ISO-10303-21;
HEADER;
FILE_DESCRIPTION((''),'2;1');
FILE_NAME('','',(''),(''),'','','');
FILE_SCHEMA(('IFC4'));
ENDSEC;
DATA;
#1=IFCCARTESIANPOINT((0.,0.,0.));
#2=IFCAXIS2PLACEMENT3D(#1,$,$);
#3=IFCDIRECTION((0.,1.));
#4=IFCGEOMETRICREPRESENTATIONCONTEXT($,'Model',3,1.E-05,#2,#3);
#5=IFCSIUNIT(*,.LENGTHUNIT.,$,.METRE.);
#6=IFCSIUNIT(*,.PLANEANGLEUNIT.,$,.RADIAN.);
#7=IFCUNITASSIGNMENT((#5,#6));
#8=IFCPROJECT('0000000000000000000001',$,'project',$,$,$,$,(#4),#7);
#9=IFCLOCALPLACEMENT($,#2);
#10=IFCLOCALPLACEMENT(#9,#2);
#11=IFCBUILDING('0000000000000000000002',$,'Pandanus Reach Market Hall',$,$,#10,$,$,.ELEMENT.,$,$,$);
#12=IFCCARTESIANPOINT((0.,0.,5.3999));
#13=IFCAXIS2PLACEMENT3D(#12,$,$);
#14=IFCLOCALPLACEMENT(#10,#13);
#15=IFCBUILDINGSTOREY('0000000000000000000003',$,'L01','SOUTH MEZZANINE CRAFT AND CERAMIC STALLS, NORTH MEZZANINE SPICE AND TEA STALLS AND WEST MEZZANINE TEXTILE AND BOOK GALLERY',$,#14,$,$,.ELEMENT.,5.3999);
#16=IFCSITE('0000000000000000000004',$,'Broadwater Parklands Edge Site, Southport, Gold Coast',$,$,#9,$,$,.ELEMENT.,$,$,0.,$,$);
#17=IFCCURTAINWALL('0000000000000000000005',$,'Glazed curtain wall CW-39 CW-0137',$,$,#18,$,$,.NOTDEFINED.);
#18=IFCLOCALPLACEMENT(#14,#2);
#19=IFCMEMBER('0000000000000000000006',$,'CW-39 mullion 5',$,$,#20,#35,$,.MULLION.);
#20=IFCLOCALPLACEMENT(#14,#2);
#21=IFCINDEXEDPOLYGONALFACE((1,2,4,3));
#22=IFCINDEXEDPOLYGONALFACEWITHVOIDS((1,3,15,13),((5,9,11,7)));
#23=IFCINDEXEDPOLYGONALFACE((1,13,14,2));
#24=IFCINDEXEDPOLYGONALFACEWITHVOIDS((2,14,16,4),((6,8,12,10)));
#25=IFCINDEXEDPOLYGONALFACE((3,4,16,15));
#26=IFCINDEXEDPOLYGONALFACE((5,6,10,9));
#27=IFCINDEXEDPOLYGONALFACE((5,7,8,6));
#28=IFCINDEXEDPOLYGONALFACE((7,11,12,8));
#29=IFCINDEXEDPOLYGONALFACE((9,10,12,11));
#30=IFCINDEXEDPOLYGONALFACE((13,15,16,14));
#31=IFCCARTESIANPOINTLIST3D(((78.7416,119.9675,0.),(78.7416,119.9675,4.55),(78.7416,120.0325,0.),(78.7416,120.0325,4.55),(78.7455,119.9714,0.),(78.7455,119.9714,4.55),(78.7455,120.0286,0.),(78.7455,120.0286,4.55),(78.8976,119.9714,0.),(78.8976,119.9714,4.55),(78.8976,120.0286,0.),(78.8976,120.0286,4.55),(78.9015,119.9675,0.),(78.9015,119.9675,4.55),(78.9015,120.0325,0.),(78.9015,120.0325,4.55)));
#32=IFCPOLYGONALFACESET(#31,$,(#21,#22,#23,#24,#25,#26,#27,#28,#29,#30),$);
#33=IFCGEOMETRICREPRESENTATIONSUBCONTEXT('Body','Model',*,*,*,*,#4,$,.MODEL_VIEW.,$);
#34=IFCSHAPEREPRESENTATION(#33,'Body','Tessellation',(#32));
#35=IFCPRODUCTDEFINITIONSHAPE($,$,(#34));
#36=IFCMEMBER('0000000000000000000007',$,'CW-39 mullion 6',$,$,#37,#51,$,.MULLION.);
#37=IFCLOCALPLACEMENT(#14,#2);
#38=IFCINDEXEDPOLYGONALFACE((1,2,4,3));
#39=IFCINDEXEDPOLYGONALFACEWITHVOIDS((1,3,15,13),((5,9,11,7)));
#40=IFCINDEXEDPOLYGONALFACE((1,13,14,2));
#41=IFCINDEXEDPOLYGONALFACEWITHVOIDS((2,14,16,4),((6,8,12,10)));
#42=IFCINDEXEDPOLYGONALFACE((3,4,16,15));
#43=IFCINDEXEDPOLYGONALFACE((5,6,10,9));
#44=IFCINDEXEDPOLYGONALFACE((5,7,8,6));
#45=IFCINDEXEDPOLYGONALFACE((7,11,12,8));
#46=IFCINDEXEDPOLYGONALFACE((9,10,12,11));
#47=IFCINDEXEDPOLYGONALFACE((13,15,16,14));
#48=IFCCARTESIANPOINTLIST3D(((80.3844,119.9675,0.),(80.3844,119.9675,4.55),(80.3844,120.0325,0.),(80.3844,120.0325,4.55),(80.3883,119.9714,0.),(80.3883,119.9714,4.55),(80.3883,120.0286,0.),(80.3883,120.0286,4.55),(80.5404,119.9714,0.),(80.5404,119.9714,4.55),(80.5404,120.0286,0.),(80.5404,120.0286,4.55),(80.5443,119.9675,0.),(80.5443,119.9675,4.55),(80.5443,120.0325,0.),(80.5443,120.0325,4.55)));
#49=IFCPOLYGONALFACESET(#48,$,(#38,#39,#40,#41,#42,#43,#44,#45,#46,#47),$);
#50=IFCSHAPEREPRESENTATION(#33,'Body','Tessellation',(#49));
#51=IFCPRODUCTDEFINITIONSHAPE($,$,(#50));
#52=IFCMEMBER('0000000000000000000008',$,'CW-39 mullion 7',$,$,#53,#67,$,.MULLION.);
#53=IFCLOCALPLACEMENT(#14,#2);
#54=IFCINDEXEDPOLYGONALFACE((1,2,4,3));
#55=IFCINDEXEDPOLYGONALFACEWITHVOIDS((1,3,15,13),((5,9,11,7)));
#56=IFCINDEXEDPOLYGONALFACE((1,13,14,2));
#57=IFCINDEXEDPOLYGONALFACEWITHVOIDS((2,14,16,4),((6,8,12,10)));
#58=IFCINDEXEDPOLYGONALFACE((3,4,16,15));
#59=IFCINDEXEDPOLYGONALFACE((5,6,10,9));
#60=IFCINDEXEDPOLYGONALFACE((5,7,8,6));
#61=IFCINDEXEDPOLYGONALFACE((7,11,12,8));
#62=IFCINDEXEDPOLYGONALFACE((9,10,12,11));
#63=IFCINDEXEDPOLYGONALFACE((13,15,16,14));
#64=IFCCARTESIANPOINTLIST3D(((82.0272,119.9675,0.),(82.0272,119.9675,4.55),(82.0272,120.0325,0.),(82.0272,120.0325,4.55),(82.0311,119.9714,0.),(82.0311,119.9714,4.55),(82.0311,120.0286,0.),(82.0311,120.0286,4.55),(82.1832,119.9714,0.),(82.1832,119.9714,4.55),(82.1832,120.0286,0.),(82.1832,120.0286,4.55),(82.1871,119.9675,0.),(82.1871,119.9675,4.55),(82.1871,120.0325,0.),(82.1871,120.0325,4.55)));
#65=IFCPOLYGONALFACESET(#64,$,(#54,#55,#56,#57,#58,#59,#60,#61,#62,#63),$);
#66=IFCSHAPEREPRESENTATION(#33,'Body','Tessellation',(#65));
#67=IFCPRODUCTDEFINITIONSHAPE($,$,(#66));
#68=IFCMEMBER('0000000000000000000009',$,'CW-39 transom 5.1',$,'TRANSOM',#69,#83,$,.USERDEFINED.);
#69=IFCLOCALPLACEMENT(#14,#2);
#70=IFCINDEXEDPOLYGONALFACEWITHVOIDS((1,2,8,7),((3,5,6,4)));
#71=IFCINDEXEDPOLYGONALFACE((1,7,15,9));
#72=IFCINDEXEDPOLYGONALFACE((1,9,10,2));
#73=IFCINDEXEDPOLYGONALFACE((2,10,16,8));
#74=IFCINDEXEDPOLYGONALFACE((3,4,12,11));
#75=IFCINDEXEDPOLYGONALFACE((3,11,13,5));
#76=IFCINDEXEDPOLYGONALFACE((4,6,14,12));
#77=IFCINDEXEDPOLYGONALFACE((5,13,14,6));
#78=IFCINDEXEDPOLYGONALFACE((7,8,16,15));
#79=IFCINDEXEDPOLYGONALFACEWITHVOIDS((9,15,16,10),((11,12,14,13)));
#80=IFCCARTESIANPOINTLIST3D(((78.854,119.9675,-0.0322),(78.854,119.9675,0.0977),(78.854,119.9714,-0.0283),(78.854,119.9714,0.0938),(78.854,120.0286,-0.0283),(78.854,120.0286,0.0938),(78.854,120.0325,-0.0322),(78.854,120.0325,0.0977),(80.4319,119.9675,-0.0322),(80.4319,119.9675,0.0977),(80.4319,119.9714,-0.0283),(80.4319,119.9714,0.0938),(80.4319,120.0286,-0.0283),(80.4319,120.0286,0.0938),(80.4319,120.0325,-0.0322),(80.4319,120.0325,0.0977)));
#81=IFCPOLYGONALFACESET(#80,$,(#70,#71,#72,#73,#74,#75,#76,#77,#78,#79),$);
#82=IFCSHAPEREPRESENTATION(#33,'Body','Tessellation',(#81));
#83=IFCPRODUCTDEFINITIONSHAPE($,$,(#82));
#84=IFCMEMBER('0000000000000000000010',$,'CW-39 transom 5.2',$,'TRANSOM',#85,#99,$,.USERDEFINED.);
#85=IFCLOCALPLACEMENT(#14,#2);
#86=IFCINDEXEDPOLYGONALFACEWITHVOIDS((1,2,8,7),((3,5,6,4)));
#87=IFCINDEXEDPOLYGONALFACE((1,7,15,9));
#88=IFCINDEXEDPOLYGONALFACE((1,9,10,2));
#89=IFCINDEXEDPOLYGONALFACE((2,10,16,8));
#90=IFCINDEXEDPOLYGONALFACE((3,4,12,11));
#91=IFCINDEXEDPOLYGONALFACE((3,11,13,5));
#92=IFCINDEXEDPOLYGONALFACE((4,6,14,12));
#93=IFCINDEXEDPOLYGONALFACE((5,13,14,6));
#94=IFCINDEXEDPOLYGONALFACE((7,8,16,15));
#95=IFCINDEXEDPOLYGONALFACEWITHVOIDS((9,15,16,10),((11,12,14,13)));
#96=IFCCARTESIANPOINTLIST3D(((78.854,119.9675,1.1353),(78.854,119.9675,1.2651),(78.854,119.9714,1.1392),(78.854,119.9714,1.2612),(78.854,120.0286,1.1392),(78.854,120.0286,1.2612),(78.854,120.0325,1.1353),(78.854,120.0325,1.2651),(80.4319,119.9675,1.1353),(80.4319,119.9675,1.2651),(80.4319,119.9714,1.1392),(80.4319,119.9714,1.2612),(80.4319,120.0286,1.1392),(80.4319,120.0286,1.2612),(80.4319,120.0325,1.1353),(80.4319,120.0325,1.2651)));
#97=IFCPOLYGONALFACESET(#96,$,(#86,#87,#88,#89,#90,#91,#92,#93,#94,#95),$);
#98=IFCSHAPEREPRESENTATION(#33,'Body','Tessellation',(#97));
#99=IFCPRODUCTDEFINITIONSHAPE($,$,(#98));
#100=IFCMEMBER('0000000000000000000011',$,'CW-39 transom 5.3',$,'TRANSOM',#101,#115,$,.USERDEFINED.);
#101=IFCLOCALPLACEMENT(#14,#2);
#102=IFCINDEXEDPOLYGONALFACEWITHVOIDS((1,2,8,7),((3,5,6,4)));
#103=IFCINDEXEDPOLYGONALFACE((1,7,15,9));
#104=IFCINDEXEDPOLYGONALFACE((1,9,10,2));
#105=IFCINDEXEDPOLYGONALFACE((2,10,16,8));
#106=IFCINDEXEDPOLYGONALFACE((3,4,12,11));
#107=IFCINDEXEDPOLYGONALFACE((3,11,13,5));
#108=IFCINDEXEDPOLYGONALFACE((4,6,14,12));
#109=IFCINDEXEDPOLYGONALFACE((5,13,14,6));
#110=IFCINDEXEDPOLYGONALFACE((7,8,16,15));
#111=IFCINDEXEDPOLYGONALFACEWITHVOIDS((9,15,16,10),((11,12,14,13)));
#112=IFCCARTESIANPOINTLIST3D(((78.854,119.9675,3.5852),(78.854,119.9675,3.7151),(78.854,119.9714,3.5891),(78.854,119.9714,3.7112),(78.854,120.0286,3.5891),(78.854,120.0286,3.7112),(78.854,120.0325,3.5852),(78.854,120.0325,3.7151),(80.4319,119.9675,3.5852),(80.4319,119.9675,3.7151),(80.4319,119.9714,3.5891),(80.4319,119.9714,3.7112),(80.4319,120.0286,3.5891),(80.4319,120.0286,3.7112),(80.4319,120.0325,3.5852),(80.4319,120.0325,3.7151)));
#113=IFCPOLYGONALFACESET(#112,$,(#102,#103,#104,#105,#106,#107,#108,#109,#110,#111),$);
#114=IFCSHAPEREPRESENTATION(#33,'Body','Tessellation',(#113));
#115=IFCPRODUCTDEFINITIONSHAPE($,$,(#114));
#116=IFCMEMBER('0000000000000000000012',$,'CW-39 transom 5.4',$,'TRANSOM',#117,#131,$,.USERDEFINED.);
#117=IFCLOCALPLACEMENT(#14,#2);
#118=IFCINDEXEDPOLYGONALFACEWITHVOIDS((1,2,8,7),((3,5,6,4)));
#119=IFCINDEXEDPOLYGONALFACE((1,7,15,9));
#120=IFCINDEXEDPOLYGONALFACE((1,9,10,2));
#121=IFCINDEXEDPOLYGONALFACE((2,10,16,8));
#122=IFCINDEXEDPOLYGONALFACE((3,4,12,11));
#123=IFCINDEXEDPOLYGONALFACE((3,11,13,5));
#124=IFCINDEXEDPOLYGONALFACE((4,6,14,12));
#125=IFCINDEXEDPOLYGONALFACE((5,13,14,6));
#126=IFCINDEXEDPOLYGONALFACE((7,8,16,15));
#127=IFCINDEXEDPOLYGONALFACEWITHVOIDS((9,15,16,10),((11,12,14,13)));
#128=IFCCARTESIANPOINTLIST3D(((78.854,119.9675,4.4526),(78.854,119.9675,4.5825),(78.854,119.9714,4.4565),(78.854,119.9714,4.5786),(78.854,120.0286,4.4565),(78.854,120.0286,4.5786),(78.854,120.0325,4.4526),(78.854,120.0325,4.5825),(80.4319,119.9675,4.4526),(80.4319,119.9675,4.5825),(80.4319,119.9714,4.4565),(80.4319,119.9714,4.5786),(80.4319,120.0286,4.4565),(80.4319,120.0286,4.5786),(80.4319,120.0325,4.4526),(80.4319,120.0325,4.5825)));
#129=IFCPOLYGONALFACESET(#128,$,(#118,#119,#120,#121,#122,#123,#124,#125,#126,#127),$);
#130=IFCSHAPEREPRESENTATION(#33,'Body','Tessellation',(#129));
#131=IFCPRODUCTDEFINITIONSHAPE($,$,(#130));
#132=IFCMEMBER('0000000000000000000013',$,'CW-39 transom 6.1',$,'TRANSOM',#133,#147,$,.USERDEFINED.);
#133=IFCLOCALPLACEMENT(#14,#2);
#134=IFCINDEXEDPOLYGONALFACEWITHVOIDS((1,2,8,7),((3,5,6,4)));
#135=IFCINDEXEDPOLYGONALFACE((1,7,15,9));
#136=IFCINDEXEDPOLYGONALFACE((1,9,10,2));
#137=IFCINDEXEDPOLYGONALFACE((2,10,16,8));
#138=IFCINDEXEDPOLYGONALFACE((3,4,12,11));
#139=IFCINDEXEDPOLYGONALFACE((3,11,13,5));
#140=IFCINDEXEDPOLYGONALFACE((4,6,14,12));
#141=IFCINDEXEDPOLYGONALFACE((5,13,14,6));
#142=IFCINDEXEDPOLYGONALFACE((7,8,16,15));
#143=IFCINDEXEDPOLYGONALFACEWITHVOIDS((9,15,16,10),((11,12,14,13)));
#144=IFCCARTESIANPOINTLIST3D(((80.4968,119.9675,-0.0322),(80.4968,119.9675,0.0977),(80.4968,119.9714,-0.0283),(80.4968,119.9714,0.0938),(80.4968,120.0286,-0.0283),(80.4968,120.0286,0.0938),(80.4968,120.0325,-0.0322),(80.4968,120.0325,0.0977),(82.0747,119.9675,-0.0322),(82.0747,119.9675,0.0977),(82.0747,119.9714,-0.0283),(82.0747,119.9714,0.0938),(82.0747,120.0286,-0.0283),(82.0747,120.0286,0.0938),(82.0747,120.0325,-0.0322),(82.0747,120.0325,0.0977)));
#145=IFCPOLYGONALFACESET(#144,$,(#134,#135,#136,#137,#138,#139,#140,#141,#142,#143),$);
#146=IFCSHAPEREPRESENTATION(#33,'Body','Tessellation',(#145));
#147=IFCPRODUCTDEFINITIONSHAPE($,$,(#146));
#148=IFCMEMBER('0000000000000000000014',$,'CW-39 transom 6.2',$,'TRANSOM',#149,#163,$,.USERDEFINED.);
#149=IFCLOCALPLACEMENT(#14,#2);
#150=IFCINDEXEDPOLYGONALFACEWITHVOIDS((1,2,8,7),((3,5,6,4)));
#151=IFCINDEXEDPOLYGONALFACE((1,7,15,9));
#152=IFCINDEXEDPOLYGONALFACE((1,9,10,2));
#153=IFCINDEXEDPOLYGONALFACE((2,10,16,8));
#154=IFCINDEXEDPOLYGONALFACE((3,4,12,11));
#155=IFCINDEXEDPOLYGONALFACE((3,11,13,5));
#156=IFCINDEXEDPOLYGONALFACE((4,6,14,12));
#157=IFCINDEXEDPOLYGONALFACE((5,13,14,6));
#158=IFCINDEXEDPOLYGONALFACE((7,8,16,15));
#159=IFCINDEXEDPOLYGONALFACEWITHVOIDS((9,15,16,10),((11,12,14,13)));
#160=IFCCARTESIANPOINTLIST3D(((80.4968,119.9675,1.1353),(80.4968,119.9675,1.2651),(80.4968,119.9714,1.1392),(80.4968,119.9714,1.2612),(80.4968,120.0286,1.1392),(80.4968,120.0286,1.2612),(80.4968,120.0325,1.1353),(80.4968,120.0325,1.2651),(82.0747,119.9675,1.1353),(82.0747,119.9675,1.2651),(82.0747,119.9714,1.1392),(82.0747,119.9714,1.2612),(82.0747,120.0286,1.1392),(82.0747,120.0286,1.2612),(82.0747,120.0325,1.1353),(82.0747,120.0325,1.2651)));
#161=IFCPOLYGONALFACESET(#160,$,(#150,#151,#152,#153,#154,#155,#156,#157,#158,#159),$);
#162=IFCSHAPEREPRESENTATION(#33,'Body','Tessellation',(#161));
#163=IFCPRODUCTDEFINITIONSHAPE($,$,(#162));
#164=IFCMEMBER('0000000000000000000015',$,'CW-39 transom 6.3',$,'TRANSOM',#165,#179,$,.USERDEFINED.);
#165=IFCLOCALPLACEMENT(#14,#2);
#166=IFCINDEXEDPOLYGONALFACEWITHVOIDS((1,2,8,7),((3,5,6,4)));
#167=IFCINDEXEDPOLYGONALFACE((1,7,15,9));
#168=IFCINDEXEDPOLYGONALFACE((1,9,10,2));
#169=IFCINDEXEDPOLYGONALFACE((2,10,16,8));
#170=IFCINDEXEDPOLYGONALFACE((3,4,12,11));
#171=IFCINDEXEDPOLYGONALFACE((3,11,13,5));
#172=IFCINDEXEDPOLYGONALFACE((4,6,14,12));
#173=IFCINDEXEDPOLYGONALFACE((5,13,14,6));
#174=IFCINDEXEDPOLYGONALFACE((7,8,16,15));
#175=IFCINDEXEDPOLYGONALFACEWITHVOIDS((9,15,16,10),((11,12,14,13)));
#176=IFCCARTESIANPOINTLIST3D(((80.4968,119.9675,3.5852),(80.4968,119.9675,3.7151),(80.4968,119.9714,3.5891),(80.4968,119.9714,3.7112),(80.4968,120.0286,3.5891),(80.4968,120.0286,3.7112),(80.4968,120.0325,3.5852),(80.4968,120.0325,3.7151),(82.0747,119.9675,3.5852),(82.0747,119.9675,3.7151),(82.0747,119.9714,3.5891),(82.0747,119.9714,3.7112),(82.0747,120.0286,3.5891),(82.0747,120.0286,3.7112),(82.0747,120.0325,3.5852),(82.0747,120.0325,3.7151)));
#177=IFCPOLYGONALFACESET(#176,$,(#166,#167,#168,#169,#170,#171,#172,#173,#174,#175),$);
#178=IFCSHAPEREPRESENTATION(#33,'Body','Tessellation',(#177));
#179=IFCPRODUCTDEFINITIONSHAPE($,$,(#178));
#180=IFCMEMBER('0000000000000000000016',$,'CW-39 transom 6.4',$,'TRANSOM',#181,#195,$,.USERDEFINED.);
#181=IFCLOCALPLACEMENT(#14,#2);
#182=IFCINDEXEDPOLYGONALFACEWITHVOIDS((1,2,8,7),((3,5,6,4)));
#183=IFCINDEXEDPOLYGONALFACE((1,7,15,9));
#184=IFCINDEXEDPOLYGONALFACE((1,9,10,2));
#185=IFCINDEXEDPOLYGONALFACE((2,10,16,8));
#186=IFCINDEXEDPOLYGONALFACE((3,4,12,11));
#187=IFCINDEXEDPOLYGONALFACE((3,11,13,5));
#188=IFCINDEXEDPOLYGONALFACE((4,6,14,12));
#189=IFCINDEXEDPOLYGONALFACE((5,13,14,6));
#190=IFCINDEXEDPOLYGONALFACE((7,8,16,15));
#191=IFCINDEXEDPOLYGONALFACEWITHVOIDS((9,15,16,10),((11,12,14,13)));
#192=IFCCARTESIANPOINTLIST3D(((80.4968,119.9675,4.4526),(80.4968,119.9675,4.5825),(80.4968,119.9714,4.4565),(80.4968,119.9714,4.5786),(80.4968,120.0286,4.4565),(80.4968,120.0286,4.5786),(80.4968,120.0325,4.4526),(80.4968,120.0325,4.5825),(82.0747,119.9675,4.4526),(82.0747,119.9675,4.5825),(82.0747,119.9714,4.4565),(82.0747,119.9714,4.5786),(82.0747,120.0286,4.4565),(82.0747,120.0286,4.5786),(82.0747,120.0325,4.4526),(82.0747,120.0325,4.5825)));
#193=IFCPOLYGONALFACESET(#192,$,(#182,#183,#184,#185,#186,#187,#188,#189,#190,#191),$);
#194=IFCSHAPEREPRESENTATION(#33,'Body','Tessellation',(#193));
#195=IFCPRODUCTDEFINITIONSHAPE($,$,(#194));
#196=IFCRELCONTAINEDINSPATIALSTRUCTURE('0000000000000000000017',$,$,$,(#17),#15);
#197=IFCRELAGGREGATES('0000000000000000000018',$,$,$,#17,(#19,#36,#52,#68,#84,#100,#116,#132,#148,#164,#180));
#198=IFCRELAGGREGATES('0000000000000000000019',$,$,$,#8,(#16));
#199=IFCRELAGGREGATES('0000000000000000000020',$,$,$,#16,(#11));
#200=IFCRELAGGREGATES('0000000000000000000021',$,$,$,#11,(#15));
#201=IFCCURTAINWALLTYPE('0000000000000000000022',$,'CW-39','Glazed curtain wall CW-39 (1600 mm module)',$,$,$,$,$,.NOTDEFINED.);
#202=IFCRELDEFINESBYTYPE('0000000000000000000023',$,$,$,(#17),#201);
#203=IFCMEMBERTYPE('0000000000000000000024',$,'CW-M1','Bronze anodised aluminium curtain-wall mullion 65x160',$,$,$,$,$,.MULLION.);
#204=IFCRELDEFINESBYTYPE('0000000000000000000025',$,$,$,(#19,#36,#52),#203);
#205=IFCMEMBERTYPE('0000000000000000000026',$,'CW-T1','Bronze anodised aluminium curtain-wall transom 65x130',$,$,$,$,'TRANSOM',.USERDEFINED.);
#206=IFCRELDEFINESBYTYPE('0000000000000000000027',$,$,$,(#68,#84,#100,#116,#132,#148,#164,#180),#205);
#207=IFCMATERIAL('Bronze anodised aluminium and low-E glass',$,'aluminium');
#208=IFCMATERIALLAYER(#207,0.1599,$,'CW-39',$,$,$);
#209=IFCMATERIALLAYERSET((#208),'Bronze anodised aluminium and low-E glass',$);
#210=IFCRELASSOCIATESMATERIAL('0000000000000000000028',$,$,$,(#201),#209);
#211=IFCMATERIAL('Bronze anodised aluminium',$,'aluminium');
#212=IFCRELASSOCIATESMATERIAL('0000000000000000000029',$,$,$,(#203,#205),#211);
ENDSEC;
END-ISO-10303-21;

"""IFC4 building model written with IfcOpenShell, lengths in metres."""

from ifc_helpers import new_model, si_unit, direction, frame, origin, origin_2d, place, context, subcontext, project, spatial, hollow_rectangle, extrude, material, layer, layer_set, material_profile, profile_set, type_object, element, aggregate, save


model = new_model("IFC4")

# Units and contexts
model_context = context("Model", 3, precision=1e-05, world=origin(), true_north=direction((0.0, 1.0)))
body_context = subcontext(model_context, "Body", "Model", "MODEL_VIEW")
ifc_project = project(units=[si_unit("LENGTHUNIT", "METRE"), si_unit("PLANEANGLEUNIT", "RADIAN")], contexts=[model_context])

# Site, building, storey
site_placement = place(None, origin())
site = spatial("IfcSite", under=ifc_project, at=site_placement, Name="Broadwater Parklands Edge Site, Southport, Gold Coast", CompositionType="ELEMENT", RefElevation=0.0)
building_placement = place(site_placement, origin())
building = spatial("IfcBuilding", under=site, at=building_placement, Name="Pandanus Reach Market Hall", CompositionType="ELEMENT")
storey_placement = place(building_placement, frame((0.0, 0.0, 5.3999)))
storey = spatial("IfcBuildingStorey", under=building, at=storey_placement, Name="L01", Description="SOUTH MEZZANINE CRAFT AND CERAMIC STALLS, NORTH MEZZANINE SPICE AND TEA STALLS AND WEST MEZZANINE TEXTILE AND BOOK GALLERY", CompositionType="ELEMENT", Elevation=5.3999)

# Curtain wall, members
ifc_material_1 = material(Name="Bronze anodised aluminium and low-E glass", Category="aluminium")
ifc_layer_1 = layer(ifc_material_1, 0.1599, Name="CW-39")
ifc_layer_set_1 = layer_set([ifc_layer_1], Name="Bronze anodised aluminium and low-E glass")
curtain_wall_type = type_object("IfcCurtainWallType", Name="CW-39", Description="Glazed curtain wall CW-39 (1600 mm module)", PredefinedType="NOTDEFINED", material=ifc_layer_set_1)
curtain_wall_placement = place(storey_placement, origin())
curtain_wall = element("IfcCurtainWall", 1, at=curtain_wall_placement, inside=storey, type_object=curtain_wall_type, Name="Glazed curtain wall CW-39 CW-0137", PredefinedType="NOTDEFINED")
ifc_material_2 = material(Name="Bronze anodised aluminium", Category="aluminium")
ifc_material_profile_1 = material_profile(ifc_material_2, hollow_rectangle(XDim=0.0649, YDim=0.1599, WallThickness=0.0039, at=origin_2d()), Name="ALU65x160", Category="LoadBearing")
ifc_profile_set_1 = profile_set([ifc_material_profile_1], Name="Bronze anodised aluminium")
member_type_1 = type_object("IfcMemberType", Name="CW-M1", Description="Bronze anodised aluminium curtain-wall mullion 65x160", PredefinedType="MULLION", material=ifc_profile_set_1)
member_1_placement = place(storey_placement, frame((78.8215, 120.0, 0.0), z_axis=(0.0, 0.0, 1.0), x_axis=(0.0, 1.0, 0.0)))
member_1 = element("IfcMember", 2, at=member_1_placement, type_object=member_type_1, Name="CW-39 mullion 5", PredefinedType="MULLION", context=body_context, shape_type="SweptSolid", body=[
    extrude(hollow_rectangle(XDim=0.0649, YDim=0.1599, WallThickness=0.0039, at=origin_2d()), origin(), (0.0, 0.0, 1.0), 4.55),
])
member_2_placement = place(storey_placement, frame((80.4644, 120.0, 0.0), z_axis=(0.0, 0.0, 1.0), x_axis=(0.0, 1.0, 0.0)))
member_2 = element("IfcMember", 3, at=member_2_placement, type_object=member_type_1, Name="CW-39 mullion 6", PredefinedType="MULLION", context=body_context, shape_type="SweptSolid", body=[
    extrude(hollow_rectangle(XDim=0.0649, YDim=0.1599, WallThickness=0.0039, at=origin_2d()), origin(), (0.0, 0.0, 1.0), 4.55),
])
member_3_placement = place(storey_placement, frame((82.1072, 120.0, 0.0), z_axis=(0.0, 0.0, 1.0), x_axis=(0.0, 1.0, 0.0)))
member_3 = element("IfcMember", 4, at=member_3_placement, type_object=member_type_1, Name="CW-39 mullion 7", PredefinedType="MULLION", context=body_context, shape_type="SweptSolid", body=[
    extrude(hollow_rectangle(XDim=0.0649, YDim=0.1599, WallThickness=0.0039, at=origin_2d()), origin(), (0.0, 0.0, 1.0), 4.55),
])
ifc_material_profile_2 = material_profile(ifc_material_2, hollow_rectangle(XDim=0.0649, YDim=0.1299, WallThickness=0.0039, at=origin_2d()), Name="ALU65x130", Category="LoadBearing")
ifc_profile_set_2 = profile_set([ifc_material_profile_2], Name="Bronze anodised aluminium")
member_type_2 = type_object("IfcMemberType", Name="CW-T1", Description="Bronze anodised aluminium curtain-wall transom 65x130", ElementType="TRANSOM", PredefinedType="USERDEFINED", material=ifc_profile_set_2)
member_4_placement = place(storey_placement, frame((78.854, 120.0, 0.0327), z_axis=(1.0, 0.0, 0.0), x_axis=(0.0, 1.0, 0.0)))
member_4 = element("IfcMember", 5, at=member_4_placement, type_object=member_type_2, Name="CW-39 transom 5.1", ObjectType="TRANSOM", PredefinedType="USERDEFINED", context=body_context, shape_type="SweptSolid", body=[
    extrude(hollow_rectangle(XDim=0.0649, YDim=0.1299, WallThickness=0.0039, at=origin_2d()), origin(), (0.0, 0.0, 1.0), 1.5779),
])
member_5_placement = place(storey_placement, frame((78.854, 120.0, 1.2002), z_axis=(1.0, 0.0, 0.0), x_axis=(0.0, 1.0, 0.0)))
member_5 = element("IfcMember", 6, at=member_5_placement, type_object=member_type_2, Name="CW-39 transom 5.2", ObjectType="TRANSOM", PredefinedType="USERDEFINED", context=body_context, shape_type="SweptSolid", body=[
    extrude(hollow_rectangle(XDim=0.0649, YDim=0.1299, WallThickness=0.0039, at=origin_2d()), origin(), (0.0, 0.0, 1.0), 1.5779),
])
member_6_placement = place(storey_placement, frame((78.854, 120.0, 3.6501), z_axis=(1.0, 0.0, 0.0), x_axis=(0.0, 1.0, 0.0)))
member_6 = element("IfcMember", 7, at=member_6_placement, type_object=member_type_2, Name="CW-39 transom 5.3", ObjectType="TRANSOM", PredefinedType="USERDEFINED", context=body_context, shape_type="SweptSolid", body=[
    extrude(hollow_rectangle(XDim=0.0649, YDim=0.1299, WallThickness=0.0039, at=origin_2d()), origin(), (0.0, 0.0, 1.0), 1.5779),
])
member_7_placement = place(storey_placement, frame((78.854, 120.0, 4.5176), z_axis=(1.0, 0.0, 0.0), x_axis=(0.0, 1.0, 0.0)))
member_7 = element("IfcMember", 8, at=member_7_placement, type_object=member_type_2, Name="CW-39 transom 5.4", ObjectType="TRANSOM", PredefinedType="USERDEFINED", context=body_context, shape_type="SweptSolid", body=[
    extrude(hollow_rectangle(XDim=0.0649, YDim=0.1299, WallThickness=0.0039, at=origin_2d()), origin(), (0.0, 0.0, 1.0), 1.5779),
])
member_8_placement = place(storey_placement, frame((80.4968, 120.0, 0.0327), z_axis=(1.0, 0.0, 0.0), x_axis=(0.0, 1.0, 0.0)))
member_8 = element("IfcMember", 9, at=member_8_placement, type_object=member_type_2, Name="CW-39 transom 6.1", ObjectType="TRANSOM", PredefinedType="USERDEFINED", context=body_context, shape_type="SweptSolid", body=[
    extrude(hollow_rectangle(XDim=0.0649, YDim=0.1299, WallThickness=0.0039, at=origin_2d()), origin(), (0.0, 0.0, 1.0), 1.5779),
])
member_9_placement = place(storey_placement, frame((80.4968, 120.0, 1.2002), z_axis=(1.0, 0.0, 0.0), x_axis=(0.0, 1.0, 0.0)))
member_9 = element("IfcMember", 10, at=member_9_placement, type_object=member_type_2, Name="CW-39 transom 6.2", ObjectType="TRANSOM", PredefinedType="USERDEFINED", context=body_context, shape_type="SweptSolid", body=[
    extrude(hollow_rectangle(XDim=0.0649, YDim=0.1299, WallThickness=0.0039, at=origin_2d()), origin(), (0.0, 0.0, 1.0), 1.5779),
])
member_10_placement = place(storey_placement, frame((80.4968, 120.0, 3.6501), z_axis=(1.0, 0.0, 0.0), x_axis=(0.0, 1.0, 0.0)))
member_10 = element("IfcMember", 11, at=member_10_placement, type_object=member_type_2, Name="CW-39 transom 6.3", ObjectType="TRANSOM", PredefinedType="USERDEFINED", context=body_context, shape_type="SweptSolid", body=[
    extrude(hollow_rectangle(XDim=0.0649, YDim=0.1299, WallThickness=0.0039, at=origin_2d()), origin(), (0.0, 0.0, 1.0), 1.5779),
])
member_11_placement = place(storey_placement, frame((80.4968, 120.0, 4.5176), z_axis=(1.0, 0.0, 0.0), x_axis=(0.0, 1.0, 0.0)))
member_11 = element("IfcMember", 12, at=member_11_placement, type_object=member_type_2, Name="CW-39 transom 6.4", ObjectType="TRANSOM", PredefinedType="USERDEFINED", context=body_context, shape_type="SweptSolid", body=[
    extrude(hollow_rectangle(XDim=0.0649, YDim=0.1299, WallThickness=0.0039, at=origin_2d()), origin(), (0.0, 0.0, 1.0), 1.5779),
])
aggregate(curtain_wall, [member_1, member_2, member_3, member_4, member_5, member_6, member_7, member_8, member_9, member_10, member_11])

save(model, "model.ifc")
